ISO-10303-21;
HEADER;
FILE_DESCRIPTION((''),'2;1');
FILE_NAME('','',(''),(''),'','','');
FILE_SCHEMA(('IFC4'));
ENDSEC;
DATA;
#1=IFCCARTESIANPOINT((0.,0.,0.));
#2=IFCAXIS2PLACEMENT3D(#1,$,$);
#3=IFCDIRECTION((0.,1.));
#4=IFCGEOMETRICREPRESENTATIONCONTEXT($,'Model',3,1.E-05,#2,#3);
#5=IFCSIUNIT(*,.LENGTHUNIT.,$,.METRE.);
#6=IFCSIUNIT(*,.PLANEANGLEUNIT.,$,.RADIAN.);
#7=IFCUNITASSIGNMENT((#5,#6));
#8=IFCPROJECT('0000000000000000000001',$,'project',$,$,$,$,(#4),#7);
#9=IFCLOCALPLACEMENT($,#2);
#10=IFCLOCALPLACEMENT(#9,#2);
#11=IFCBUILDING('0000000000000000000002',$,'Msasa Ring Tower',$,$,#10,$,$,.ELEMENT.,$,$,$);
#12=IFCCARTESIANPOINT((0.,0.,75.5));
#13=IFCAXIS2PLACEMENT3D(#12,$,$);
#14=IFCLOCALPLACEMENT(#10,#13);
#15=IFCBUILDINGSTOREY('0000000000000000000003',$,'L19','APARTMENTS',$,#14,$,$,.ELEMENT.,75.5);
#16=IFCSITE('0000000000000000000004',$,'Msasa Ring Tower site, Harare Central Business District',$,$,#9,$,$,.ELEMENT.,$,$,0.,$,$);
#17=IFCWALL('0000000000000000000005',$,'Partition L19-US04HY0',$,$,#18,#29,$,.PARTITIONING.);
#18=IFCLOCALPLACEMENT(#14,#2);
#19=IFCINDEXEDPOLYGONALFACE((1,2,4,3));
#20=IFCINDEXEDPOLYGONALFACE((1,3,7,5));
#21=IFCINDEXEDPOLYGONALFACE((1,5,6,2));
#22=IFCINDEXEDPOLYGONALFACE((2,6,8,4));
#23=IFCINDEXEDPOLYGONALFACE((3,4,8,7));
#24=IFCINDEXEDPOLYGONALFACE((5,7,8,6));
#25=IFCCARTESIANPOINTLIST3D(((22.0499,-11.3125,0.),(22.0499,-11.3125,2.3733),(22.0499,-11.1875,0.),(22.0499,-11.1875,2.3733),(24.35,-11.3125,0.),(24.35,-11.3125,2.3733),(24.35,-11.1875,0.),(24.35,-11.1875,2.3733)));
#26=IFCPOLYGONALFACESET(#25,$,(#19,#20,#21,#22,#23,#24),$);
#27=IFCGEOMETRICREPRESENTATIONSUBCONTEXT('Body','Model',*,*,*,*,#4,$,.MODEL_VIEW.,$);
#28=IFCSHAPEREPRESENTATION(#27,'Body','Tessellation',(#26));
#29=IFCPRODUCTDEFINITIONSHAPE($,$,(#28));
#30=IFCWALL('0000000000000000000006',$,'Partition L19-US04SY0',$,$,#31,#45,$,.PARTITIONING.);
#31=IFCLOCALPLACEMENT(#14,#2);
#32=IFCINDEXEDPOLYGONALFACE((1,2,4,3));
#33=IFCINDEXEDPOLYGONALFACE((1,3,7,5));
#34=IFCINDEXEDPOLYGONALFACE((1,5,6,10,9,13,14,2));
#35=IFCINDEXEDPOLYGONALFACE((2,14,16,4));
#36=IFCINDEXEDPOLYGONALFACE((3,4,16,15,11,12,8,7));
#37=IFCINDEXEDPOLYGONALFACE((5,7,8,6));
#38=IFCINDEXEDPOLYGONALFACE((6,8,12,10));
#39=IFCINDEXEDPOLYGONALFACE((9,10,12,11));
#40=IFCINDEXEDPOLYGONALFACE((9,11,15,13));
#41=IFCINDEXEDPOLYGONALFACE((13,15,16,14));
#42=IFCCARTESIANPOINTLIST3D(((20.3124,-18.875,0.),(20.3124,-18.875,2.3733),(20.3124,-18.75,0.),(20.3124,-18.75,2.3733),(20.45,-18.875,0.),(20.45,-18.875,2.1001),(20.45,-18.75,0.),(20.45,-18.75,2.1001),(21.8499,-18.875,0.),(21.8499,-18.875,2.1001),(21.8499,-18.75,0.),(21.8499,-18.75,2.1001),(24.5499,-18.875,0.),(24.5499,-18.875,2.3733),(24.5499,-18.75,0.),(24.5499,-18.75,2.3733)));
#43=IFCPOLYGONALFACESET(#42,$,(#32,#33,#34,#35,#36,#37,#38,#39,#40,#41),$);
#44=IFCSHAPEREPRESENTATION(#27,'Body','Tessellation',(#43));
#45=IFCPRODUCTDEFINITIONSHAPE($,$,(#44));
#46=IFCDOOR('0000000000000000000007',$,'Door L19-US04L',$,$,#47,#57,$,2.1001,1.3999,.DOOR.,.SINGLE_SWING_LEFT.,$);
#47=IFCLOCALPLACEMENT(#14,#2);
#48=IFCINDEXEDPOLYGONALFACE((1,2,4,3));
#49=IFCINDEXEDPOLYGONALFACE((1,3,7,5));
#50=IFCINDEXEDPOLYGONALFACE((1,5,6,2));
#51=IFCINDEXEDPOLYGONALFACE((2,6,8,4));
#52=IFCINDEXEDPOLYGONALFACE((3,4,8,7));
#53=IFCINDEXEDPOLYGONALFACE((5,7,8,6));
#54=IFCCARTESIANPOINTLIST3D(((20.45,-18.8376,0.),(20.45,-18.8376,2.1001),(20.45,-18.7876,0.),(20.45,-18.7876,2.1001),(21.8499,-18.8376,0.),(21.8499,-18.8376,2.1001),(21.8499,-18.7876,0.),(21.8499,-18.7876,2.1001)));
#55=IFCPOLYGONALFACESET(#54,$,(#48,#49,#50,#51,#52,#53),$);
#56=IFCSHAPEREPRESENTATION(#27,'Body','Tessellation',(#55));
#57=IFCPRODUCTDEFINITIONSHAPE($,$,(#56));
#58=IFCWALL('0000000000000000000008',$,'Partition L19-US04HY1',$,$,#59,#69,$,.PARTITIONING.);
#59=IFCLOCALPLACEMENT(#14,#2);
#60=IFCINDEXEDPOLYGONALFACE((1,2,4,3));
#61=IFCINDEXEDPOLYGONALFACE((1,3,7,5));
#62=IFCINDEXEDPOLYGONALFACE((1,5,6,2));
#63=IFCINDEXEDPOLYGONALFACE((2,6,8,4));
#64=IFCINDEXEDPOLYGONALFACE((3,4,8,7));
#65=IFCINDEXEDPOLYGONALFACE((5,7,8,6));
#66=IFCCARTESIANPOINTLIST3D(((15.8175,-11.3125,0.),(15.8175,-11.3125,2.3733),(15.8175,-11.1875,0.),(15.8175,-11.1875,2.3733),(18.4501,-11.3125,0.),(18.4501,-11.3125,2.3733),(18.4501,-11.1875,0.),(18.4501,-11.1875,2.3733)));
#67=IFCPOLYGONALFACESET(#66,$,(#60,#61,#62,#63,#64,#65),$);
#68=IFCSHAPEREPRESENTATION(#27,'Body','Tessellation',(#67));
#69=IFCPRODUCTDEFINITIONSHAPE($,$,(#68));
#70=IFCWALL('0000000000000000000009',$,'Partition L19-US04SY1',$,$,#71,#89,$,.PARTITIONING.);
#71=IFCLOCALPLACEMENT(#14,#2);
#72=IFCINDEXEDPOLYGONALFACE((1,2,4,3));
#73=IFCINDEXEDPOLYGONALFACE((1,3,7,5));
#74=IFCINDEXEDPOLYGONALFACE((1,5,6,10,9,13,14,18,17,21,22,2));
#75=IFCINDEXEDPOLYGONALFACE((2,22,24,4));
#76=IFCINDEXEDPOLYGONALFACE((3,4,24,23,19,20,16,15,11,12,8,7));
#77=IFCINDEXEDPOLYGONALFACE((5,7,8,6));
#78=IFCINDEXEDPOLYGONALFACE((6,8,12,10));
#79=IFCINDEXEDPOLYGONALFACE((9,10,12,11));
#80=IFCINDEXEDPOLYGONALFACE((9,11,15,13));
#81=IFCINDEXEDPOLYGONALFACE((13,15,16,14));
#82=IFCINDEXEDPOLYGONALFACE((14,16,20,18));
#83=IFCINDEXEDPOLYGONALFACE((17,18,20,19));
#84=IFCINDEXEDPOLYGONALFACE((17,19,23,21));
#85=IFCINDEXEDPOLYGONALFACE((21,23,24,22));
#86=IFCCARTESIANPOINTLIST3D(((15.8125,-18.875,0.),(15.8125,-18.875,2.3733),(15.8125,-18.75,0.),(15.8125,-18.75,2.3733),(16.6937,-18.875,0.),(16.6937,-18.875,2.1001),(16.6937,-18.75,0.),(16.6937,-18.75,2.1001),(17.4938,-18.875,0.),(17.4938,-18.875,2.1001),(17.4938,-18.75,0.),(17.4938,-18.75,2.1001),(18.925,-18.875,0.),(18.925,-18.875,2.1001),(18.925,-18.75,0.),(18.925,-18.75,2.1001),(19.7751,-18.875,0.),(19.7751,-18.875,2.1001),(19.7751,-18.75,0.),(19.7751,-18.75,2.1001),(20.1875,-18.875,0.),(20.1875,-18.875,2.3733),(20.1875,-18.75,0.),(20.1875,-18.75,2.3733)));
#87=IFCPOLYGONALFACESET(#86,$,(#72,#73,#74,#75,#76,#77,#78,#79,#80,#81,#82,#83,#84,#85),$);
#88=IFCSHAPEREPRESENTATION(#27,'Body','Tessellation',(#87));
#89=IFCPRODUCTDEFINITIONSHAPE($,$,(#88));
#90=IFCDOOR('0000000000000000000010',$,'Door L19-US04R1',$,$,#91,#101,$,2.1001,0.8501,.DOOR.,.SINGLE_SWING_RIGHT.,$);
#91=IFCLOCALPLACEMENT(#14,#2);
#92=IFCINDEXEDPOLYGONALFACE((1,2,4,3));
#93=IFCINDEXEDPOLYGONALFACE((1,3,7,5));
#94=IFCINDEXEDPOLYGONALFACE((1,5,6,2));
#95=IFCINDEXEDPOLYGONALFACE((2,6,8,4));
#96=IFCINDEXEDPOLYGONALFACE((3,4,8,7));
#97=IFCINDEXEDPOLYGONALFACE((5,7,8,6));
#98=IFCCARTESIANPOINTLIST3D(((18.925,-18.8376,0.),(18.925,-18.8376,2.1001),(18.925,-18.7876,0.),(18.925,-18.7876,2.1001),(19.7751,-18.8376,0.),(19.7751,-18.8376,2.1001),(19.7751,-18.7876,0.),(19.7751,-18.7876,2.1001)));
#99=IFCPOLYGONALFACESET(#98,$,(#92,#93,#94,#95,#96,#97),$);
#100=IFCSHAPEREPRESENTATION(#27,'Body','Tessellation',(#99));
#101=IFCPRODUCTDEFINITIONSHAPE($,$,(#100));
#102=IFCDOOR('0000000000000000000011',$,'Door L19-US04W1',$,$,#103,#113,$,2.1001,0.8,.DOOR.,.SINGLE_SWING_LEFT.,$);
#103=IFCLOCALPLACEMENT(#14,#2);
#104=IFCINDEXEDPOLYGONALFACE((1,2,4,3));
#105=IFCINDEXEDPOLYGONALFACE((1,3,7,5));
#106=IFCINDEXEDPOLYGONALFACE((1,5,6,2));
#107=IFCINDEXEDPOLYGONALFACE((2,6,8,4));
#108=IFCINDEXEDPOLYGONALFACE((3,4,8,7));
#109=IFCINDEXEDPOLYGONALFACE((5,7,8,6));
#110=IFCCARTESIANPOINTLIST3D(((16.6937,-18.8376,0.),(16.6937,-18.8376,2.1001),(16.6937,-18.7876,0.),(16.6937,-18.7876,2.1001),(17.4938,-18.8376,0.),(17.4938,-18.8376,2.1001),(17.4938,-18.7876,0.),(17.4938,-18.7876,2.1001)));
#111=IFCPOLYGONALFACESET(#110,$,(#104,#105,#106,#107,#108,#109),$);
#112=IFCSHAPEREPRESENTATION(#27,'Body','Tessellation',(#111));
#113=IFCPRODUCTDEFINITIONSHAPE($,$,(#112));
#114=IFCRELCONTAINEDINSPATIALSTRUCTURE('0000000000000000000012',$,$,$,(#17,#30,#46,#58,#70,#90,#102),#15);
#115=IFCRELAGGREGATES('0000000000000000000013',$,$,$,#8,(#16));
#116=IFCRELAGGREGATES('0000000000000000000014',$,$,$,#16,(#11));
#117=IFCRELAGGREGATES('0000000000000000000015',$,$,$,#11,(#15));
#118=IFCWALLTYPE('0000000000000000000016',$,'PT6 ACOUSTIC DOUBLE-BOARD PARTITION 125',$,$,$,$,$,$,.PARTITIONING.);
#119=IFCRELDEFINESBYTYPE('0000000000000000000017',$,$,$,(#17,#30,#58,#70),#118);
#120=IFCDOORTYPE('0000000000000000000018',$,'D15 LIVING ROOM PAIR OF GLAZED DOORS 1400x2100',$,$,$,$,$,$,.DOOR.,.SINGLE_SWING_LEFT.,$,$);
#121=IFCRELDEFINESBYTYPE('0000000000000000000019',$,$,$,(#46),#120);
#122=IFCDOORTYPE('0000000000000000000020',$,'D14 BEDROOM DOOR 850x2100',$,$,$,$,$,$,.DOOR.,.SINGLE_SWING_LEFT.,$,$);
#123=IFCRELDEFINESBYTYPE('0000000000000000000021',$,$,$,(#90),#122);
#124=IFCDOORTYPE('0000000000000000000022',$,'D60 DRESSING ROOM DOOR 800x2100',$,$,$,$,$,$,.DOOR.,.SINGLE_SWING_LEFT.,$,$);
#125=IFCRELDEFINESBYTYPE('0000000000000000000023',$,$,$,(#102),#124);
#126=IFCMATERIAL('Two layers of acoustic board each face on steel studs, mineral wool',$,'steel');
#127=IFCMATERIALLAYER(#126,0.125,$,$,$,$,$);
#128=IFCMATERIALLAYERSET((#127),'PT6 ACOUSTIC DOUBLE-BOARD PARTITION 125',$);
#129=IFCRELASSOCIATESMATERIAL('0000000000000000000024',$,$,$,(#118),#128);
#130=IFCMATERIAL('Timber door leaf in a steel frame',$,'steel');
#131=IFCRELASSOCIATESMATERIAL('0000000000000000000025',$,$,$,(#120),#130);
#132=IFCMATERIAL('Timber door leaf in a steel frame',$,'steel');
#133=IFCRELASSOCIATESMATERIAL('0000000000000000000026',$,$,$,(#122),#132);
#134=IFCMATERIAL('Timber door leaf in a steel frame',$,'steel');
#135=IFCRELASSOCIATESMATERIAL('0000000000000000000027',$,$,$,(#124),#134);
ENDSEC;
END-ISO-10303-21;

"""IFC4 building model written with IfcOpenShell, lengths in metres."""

from ifc_helpers import new_model, si_unit, direction, frame, frame_2d, origin, place, context, subcontext, project, spatial, rectangle, extrude, material, layer, layer_set, type_object, element, fill, save


model = new_model("IFC4")

# Units and contexts
model_context = context("Model", 3, precision=1e-05, world=origin(), true_north=direction((0.0, 1.0)))
body_context = subcontext(model_context, "Body", "Model", "MODEL_VIEW")
ifc_project = project(units=[si_unit("LENGTHUNIT", "METRE"), si_unit("PLANEANGLEUNIT", "RADIAN")], contexts=[model_context])

# Site, building, storey
site_placement = place(None, origin())
site = spatial("IfcSite", under=ifc_project, at=site_placement, Name="Msasa Ring Tower site, Harare Central Business District", CompositionType="ELEMENT", RefElevation=0.0)
building_placement = place(site_placement, origin())
building = spatial("IfcBuilding", under=site, at=building_placement, Name="Msasa Ring Tower", CompositionType="ELEMENT")
storey_placement = place(building_placement, frame((0.0, 0.0, 75.5)))
storey = spatial("IfcBuildingStorey", under=building, at=storey_placement, Name="L19", Description="APARTMENTS", CompositionType="ELEMENT", Elevation=75.5)

# Wall
ifc_material_1 = material(Name="Two layers of acoustic board each face on steel studs, mineral wool", Category="steel")
ifc_layer_1 = layer(ifc_material_1, 0.125)
ifc_layer_set_1 = layer_set([ifc_layer_1], Name="PT6 ACOUSTIC DOUBLE-BOARD PARTITION 125")
wall_type_1 = type_object("IfcWallType", Name="PT6 ACOUSTIC DOUBLE-BOARD PARTITION 125", PredefinedType="PARTITIONING", material=ifc_layer_set_1)
wall_1_placement = place(storey_placement, frame((22.05, -11.25, 0.0), z_axis=(0.0, 0.0, 1.0), x_axis=(1.0, 0.0, 0.0)))
element("IfcWall", 1, at=wall_1_placement, inside=storey, type_object=wall_type_1, Name="Partition L19-US04HY0", PredefinedType="PARTITIONING", context=body_context, shape_type="SweptSolid", body=[
    extrude(rectangle(XDim=2.3, YDim=0.125, at=frame_2d((1.1499, 0.0))), origin(), (0.0, 0.0, 1.0), 2.3733),
])

# Wall, opening, door
wall_2_placement = place(storey_placement, frame((20.3125, -18.8125, 0.0), z_axis=(0.0, 0.0, 1.0), x_axis=(1.0, 0.0, 0.0)))
wall_2 = element("IfcWall", 2, at=wall_2_placement, inside=storey, type_object=wall_type_1, Name="Partition L19-US04SY0", PredefinedType="PARTITIONING", context=body_context, shape_type="SweptSolid", body=[
    extrude(rectangle(XDim=4.2375, YDim=0.125, at=frame_2d((2.1187, 0.0))), origin(), (0.0, 0.0, 1.0), 2.3733),
])
opening_1_placement = place(wall_2_placement, frame((0.1375, 0.0, 0.0)))
opening_1 = element("IfcOpeningElement", 3, at=opening_1_placement, cuts=wall_2, PredefinedType="OPENING", context=body_context, shape_type="SweptSolid", body=[
    extrude(rectangle(XDim=1.3999, YDim=2.1001, at=frame_2d((0.7, 1.05))), frame((0.0, 0.0725, 0.0), z_axis=(0.0, -1.0, 0.0), x_axis=(1.0, 0.0, 0.0)), (0.0, 0.0, 1.0), 0.145),
])
ifc_material_2 = material(Name="Timber door leaf in a steel frame", Category="steel")
door_type_1 = type_object("IfcDoorType", Name="D15 LIVING ROOM PAIR OF GLAZED DOORS 1400x2100", OperationType="SINGLE_SWING_LEFT", PredefinedType="DOOR", material=ifc_material_2)
door_1_placement = place(opening_1_placement, origin())
door_1 = element("IfcDoor", 4, at=door_1_placement, inside=storey, type_object=door_type_1, Name="Door L19-US04L", OperationType="SINGLE_SWING_LEFT", OverallHeight=2.1001, OverallWidth=1.3999, PredefinedType="DOOR", context=body_context, shape_type="SweptSolid", body=[
    extrude(rectangle(XDim=1.3999, YDim=2.1001, at=frame_2d((0.7, 1.05))), frame((0.0, 0.0249, 0.0), z_axis=(0.0, -1.0, 0.0), x_axis=(1.0, 0.0, 0.0)), (0.0, 0.0, 1.0), 0.05),
])
fill(opening_1, door_1)

# Wall
wall_3_placement = place(storey_placement, frame((15.8174, -11.25, 0.0), z_axis=(0.0, 0.0, 1.0), x_axis=(1.0, 0.0, 0.0)))
element("IfcWall", 5, at=wall_3_placement, inside=storey, type_object=wall_type_1, Name="Partition L19-US04HY1", PredefinedType="PARTITIONING", context=body_context, shape_type="SweptSolid", body=[
    extrude(rectangle(XDim=2.6326, YDim=0.125, at=frame_2d((1.3164, 0.0))), origin(), (0.0, 0.0, 1.0), 2.3733),
])

# Wall, openings, doors
wall_4_placement = place(storey_placement, frame((15.8125, -18.8125, 0.0), z_axis=(0.0, 0.0, 1.0), x_axis=(1.0, 0.0, 0.0)))
wall_4 = element("IfcWall", 6, at=wall_4_placement, inside=storey, type_object=wall_type_1, Name="Partition L19-US04SY1", PredefinedType="PARTITIONING", context=body_context, shape_type="SweptSolid", body=[
    extrude(rectangle(XDim=4.375, YDim=0.125, at=frame_2d((2.1875, 0.0))), origin(), (0.0, 0.0, 1.0), 2.3733),
])
opening_2_placement = place(wall_4_placement, frame((3.1125, 0.0, 0.0)))
opening_2 = element("IfcOpeningElement", 7, at=opening_2_placement, cuts=wall_4, PredefinedType="OPENING", context=body_context, shape_type="SweptSolid", body=[
    extrude(rectangle(XDim=0.8501, YDim=2.1001, at=frame_2d((0.425, 1.05))), frame((0.0, 0.0725, 0.0), z_axis=(0.0, -1.0, 0.0), x_axis=(1.0, 0.0, 0.0)), (0.0, 0.0, 1.0), 0.145),
])
opening_3_placement = place(wall_4_placement, frame((0.8813, 0.0, 0.0)))
opening_3 = element("IfcOpeningElement", 8, at=opening_3_placement, cuts=wall_4, PredefinedType="OPENING", context=body_context, shape_type="SweptSolid", body=[
    extrude(rectangle(XDim=0.8, YDim=2.1001, at=frame_2d((0.3999, 1.05))), frame((0.0, 0.0725, 0.0), z_axis=(0.0, -1.0, 0.0), x_axis=(1.0, 0.0, 0.0)), (0.0, 0.0, 1.0), 0.145),
])
ifc_material_3 = material(Name="Timber door leaf in a steel frame", Category="steel")
door_type_2 = type_object("IfcDoorType", Name="D14 BEDROOM DOOR 850x2100", OperationType="SINGLE_SWING_LEFT", PredefinedType="DOOR", material=ifc_material_3)
door_2_placement = place(opening_2_placement, origin())
door_2 = element("IfcDoor", 9, at=door_2_placement, inside=storey, type_object=door_type_2, Name="Door L19-US04R1", OperationType="SINGLE_SWING_RIGHT", OverallHeight=2.1001, OverallWidth=0.8501, PredefinedType="DOOR", context=body_context, shape_type="SweptSolid", body=[
    extrude(rectangle(XDim=0.8501, YDim=2.1001, at=frame_2d((0.425, 1.05))), frame((0.0, 0.0249, 0.0), z_axis=(0.0, -1.0, 0.0), x_axis=(1.0, 0.0, 0.0)), (0.0, 0.0, 1.0), 0.05),
])
fill(opening_2, door_2)
ifc_material_4 = material(Name="Timber door leaf in a steel frame", Category="steel")
door_type_3 = type_object("IfcDoorType", Name="D60 DRESSING ROOM DOOR 800x2100", OperationType="SINGLE_SWING_LEFT", PredefinedType="DOOR", material=ifc_material_4)
door_3_placement = place(opening_3_placement, origin())
door_3 = element("IfcDoor", 10, at=door_3_placement, inside=storey, type_object=door_type_3, Name="Door L19-US04W1", OperationType="SINGLE_SWING_LEFT", OverallHeight=2.1001, OverallWidth=0.8, PredefinedType="DOOR", context=body_context, shape_type="SweptSolid", body=[
    extrude(rectangle(XDim=0.8, YDim=2.1001, at=frame_2d((0.3999, 1.05))), frame((0.0, 0.0249, 0.0), z_axis=(0.0, -1.0, 0.0), x_axis=(1.0, 0.0, 0.0)), (0.0, 0.0, 1.0), 0.05),
])
fill(opening_3, door_3)

save(model, "model.ifc")
